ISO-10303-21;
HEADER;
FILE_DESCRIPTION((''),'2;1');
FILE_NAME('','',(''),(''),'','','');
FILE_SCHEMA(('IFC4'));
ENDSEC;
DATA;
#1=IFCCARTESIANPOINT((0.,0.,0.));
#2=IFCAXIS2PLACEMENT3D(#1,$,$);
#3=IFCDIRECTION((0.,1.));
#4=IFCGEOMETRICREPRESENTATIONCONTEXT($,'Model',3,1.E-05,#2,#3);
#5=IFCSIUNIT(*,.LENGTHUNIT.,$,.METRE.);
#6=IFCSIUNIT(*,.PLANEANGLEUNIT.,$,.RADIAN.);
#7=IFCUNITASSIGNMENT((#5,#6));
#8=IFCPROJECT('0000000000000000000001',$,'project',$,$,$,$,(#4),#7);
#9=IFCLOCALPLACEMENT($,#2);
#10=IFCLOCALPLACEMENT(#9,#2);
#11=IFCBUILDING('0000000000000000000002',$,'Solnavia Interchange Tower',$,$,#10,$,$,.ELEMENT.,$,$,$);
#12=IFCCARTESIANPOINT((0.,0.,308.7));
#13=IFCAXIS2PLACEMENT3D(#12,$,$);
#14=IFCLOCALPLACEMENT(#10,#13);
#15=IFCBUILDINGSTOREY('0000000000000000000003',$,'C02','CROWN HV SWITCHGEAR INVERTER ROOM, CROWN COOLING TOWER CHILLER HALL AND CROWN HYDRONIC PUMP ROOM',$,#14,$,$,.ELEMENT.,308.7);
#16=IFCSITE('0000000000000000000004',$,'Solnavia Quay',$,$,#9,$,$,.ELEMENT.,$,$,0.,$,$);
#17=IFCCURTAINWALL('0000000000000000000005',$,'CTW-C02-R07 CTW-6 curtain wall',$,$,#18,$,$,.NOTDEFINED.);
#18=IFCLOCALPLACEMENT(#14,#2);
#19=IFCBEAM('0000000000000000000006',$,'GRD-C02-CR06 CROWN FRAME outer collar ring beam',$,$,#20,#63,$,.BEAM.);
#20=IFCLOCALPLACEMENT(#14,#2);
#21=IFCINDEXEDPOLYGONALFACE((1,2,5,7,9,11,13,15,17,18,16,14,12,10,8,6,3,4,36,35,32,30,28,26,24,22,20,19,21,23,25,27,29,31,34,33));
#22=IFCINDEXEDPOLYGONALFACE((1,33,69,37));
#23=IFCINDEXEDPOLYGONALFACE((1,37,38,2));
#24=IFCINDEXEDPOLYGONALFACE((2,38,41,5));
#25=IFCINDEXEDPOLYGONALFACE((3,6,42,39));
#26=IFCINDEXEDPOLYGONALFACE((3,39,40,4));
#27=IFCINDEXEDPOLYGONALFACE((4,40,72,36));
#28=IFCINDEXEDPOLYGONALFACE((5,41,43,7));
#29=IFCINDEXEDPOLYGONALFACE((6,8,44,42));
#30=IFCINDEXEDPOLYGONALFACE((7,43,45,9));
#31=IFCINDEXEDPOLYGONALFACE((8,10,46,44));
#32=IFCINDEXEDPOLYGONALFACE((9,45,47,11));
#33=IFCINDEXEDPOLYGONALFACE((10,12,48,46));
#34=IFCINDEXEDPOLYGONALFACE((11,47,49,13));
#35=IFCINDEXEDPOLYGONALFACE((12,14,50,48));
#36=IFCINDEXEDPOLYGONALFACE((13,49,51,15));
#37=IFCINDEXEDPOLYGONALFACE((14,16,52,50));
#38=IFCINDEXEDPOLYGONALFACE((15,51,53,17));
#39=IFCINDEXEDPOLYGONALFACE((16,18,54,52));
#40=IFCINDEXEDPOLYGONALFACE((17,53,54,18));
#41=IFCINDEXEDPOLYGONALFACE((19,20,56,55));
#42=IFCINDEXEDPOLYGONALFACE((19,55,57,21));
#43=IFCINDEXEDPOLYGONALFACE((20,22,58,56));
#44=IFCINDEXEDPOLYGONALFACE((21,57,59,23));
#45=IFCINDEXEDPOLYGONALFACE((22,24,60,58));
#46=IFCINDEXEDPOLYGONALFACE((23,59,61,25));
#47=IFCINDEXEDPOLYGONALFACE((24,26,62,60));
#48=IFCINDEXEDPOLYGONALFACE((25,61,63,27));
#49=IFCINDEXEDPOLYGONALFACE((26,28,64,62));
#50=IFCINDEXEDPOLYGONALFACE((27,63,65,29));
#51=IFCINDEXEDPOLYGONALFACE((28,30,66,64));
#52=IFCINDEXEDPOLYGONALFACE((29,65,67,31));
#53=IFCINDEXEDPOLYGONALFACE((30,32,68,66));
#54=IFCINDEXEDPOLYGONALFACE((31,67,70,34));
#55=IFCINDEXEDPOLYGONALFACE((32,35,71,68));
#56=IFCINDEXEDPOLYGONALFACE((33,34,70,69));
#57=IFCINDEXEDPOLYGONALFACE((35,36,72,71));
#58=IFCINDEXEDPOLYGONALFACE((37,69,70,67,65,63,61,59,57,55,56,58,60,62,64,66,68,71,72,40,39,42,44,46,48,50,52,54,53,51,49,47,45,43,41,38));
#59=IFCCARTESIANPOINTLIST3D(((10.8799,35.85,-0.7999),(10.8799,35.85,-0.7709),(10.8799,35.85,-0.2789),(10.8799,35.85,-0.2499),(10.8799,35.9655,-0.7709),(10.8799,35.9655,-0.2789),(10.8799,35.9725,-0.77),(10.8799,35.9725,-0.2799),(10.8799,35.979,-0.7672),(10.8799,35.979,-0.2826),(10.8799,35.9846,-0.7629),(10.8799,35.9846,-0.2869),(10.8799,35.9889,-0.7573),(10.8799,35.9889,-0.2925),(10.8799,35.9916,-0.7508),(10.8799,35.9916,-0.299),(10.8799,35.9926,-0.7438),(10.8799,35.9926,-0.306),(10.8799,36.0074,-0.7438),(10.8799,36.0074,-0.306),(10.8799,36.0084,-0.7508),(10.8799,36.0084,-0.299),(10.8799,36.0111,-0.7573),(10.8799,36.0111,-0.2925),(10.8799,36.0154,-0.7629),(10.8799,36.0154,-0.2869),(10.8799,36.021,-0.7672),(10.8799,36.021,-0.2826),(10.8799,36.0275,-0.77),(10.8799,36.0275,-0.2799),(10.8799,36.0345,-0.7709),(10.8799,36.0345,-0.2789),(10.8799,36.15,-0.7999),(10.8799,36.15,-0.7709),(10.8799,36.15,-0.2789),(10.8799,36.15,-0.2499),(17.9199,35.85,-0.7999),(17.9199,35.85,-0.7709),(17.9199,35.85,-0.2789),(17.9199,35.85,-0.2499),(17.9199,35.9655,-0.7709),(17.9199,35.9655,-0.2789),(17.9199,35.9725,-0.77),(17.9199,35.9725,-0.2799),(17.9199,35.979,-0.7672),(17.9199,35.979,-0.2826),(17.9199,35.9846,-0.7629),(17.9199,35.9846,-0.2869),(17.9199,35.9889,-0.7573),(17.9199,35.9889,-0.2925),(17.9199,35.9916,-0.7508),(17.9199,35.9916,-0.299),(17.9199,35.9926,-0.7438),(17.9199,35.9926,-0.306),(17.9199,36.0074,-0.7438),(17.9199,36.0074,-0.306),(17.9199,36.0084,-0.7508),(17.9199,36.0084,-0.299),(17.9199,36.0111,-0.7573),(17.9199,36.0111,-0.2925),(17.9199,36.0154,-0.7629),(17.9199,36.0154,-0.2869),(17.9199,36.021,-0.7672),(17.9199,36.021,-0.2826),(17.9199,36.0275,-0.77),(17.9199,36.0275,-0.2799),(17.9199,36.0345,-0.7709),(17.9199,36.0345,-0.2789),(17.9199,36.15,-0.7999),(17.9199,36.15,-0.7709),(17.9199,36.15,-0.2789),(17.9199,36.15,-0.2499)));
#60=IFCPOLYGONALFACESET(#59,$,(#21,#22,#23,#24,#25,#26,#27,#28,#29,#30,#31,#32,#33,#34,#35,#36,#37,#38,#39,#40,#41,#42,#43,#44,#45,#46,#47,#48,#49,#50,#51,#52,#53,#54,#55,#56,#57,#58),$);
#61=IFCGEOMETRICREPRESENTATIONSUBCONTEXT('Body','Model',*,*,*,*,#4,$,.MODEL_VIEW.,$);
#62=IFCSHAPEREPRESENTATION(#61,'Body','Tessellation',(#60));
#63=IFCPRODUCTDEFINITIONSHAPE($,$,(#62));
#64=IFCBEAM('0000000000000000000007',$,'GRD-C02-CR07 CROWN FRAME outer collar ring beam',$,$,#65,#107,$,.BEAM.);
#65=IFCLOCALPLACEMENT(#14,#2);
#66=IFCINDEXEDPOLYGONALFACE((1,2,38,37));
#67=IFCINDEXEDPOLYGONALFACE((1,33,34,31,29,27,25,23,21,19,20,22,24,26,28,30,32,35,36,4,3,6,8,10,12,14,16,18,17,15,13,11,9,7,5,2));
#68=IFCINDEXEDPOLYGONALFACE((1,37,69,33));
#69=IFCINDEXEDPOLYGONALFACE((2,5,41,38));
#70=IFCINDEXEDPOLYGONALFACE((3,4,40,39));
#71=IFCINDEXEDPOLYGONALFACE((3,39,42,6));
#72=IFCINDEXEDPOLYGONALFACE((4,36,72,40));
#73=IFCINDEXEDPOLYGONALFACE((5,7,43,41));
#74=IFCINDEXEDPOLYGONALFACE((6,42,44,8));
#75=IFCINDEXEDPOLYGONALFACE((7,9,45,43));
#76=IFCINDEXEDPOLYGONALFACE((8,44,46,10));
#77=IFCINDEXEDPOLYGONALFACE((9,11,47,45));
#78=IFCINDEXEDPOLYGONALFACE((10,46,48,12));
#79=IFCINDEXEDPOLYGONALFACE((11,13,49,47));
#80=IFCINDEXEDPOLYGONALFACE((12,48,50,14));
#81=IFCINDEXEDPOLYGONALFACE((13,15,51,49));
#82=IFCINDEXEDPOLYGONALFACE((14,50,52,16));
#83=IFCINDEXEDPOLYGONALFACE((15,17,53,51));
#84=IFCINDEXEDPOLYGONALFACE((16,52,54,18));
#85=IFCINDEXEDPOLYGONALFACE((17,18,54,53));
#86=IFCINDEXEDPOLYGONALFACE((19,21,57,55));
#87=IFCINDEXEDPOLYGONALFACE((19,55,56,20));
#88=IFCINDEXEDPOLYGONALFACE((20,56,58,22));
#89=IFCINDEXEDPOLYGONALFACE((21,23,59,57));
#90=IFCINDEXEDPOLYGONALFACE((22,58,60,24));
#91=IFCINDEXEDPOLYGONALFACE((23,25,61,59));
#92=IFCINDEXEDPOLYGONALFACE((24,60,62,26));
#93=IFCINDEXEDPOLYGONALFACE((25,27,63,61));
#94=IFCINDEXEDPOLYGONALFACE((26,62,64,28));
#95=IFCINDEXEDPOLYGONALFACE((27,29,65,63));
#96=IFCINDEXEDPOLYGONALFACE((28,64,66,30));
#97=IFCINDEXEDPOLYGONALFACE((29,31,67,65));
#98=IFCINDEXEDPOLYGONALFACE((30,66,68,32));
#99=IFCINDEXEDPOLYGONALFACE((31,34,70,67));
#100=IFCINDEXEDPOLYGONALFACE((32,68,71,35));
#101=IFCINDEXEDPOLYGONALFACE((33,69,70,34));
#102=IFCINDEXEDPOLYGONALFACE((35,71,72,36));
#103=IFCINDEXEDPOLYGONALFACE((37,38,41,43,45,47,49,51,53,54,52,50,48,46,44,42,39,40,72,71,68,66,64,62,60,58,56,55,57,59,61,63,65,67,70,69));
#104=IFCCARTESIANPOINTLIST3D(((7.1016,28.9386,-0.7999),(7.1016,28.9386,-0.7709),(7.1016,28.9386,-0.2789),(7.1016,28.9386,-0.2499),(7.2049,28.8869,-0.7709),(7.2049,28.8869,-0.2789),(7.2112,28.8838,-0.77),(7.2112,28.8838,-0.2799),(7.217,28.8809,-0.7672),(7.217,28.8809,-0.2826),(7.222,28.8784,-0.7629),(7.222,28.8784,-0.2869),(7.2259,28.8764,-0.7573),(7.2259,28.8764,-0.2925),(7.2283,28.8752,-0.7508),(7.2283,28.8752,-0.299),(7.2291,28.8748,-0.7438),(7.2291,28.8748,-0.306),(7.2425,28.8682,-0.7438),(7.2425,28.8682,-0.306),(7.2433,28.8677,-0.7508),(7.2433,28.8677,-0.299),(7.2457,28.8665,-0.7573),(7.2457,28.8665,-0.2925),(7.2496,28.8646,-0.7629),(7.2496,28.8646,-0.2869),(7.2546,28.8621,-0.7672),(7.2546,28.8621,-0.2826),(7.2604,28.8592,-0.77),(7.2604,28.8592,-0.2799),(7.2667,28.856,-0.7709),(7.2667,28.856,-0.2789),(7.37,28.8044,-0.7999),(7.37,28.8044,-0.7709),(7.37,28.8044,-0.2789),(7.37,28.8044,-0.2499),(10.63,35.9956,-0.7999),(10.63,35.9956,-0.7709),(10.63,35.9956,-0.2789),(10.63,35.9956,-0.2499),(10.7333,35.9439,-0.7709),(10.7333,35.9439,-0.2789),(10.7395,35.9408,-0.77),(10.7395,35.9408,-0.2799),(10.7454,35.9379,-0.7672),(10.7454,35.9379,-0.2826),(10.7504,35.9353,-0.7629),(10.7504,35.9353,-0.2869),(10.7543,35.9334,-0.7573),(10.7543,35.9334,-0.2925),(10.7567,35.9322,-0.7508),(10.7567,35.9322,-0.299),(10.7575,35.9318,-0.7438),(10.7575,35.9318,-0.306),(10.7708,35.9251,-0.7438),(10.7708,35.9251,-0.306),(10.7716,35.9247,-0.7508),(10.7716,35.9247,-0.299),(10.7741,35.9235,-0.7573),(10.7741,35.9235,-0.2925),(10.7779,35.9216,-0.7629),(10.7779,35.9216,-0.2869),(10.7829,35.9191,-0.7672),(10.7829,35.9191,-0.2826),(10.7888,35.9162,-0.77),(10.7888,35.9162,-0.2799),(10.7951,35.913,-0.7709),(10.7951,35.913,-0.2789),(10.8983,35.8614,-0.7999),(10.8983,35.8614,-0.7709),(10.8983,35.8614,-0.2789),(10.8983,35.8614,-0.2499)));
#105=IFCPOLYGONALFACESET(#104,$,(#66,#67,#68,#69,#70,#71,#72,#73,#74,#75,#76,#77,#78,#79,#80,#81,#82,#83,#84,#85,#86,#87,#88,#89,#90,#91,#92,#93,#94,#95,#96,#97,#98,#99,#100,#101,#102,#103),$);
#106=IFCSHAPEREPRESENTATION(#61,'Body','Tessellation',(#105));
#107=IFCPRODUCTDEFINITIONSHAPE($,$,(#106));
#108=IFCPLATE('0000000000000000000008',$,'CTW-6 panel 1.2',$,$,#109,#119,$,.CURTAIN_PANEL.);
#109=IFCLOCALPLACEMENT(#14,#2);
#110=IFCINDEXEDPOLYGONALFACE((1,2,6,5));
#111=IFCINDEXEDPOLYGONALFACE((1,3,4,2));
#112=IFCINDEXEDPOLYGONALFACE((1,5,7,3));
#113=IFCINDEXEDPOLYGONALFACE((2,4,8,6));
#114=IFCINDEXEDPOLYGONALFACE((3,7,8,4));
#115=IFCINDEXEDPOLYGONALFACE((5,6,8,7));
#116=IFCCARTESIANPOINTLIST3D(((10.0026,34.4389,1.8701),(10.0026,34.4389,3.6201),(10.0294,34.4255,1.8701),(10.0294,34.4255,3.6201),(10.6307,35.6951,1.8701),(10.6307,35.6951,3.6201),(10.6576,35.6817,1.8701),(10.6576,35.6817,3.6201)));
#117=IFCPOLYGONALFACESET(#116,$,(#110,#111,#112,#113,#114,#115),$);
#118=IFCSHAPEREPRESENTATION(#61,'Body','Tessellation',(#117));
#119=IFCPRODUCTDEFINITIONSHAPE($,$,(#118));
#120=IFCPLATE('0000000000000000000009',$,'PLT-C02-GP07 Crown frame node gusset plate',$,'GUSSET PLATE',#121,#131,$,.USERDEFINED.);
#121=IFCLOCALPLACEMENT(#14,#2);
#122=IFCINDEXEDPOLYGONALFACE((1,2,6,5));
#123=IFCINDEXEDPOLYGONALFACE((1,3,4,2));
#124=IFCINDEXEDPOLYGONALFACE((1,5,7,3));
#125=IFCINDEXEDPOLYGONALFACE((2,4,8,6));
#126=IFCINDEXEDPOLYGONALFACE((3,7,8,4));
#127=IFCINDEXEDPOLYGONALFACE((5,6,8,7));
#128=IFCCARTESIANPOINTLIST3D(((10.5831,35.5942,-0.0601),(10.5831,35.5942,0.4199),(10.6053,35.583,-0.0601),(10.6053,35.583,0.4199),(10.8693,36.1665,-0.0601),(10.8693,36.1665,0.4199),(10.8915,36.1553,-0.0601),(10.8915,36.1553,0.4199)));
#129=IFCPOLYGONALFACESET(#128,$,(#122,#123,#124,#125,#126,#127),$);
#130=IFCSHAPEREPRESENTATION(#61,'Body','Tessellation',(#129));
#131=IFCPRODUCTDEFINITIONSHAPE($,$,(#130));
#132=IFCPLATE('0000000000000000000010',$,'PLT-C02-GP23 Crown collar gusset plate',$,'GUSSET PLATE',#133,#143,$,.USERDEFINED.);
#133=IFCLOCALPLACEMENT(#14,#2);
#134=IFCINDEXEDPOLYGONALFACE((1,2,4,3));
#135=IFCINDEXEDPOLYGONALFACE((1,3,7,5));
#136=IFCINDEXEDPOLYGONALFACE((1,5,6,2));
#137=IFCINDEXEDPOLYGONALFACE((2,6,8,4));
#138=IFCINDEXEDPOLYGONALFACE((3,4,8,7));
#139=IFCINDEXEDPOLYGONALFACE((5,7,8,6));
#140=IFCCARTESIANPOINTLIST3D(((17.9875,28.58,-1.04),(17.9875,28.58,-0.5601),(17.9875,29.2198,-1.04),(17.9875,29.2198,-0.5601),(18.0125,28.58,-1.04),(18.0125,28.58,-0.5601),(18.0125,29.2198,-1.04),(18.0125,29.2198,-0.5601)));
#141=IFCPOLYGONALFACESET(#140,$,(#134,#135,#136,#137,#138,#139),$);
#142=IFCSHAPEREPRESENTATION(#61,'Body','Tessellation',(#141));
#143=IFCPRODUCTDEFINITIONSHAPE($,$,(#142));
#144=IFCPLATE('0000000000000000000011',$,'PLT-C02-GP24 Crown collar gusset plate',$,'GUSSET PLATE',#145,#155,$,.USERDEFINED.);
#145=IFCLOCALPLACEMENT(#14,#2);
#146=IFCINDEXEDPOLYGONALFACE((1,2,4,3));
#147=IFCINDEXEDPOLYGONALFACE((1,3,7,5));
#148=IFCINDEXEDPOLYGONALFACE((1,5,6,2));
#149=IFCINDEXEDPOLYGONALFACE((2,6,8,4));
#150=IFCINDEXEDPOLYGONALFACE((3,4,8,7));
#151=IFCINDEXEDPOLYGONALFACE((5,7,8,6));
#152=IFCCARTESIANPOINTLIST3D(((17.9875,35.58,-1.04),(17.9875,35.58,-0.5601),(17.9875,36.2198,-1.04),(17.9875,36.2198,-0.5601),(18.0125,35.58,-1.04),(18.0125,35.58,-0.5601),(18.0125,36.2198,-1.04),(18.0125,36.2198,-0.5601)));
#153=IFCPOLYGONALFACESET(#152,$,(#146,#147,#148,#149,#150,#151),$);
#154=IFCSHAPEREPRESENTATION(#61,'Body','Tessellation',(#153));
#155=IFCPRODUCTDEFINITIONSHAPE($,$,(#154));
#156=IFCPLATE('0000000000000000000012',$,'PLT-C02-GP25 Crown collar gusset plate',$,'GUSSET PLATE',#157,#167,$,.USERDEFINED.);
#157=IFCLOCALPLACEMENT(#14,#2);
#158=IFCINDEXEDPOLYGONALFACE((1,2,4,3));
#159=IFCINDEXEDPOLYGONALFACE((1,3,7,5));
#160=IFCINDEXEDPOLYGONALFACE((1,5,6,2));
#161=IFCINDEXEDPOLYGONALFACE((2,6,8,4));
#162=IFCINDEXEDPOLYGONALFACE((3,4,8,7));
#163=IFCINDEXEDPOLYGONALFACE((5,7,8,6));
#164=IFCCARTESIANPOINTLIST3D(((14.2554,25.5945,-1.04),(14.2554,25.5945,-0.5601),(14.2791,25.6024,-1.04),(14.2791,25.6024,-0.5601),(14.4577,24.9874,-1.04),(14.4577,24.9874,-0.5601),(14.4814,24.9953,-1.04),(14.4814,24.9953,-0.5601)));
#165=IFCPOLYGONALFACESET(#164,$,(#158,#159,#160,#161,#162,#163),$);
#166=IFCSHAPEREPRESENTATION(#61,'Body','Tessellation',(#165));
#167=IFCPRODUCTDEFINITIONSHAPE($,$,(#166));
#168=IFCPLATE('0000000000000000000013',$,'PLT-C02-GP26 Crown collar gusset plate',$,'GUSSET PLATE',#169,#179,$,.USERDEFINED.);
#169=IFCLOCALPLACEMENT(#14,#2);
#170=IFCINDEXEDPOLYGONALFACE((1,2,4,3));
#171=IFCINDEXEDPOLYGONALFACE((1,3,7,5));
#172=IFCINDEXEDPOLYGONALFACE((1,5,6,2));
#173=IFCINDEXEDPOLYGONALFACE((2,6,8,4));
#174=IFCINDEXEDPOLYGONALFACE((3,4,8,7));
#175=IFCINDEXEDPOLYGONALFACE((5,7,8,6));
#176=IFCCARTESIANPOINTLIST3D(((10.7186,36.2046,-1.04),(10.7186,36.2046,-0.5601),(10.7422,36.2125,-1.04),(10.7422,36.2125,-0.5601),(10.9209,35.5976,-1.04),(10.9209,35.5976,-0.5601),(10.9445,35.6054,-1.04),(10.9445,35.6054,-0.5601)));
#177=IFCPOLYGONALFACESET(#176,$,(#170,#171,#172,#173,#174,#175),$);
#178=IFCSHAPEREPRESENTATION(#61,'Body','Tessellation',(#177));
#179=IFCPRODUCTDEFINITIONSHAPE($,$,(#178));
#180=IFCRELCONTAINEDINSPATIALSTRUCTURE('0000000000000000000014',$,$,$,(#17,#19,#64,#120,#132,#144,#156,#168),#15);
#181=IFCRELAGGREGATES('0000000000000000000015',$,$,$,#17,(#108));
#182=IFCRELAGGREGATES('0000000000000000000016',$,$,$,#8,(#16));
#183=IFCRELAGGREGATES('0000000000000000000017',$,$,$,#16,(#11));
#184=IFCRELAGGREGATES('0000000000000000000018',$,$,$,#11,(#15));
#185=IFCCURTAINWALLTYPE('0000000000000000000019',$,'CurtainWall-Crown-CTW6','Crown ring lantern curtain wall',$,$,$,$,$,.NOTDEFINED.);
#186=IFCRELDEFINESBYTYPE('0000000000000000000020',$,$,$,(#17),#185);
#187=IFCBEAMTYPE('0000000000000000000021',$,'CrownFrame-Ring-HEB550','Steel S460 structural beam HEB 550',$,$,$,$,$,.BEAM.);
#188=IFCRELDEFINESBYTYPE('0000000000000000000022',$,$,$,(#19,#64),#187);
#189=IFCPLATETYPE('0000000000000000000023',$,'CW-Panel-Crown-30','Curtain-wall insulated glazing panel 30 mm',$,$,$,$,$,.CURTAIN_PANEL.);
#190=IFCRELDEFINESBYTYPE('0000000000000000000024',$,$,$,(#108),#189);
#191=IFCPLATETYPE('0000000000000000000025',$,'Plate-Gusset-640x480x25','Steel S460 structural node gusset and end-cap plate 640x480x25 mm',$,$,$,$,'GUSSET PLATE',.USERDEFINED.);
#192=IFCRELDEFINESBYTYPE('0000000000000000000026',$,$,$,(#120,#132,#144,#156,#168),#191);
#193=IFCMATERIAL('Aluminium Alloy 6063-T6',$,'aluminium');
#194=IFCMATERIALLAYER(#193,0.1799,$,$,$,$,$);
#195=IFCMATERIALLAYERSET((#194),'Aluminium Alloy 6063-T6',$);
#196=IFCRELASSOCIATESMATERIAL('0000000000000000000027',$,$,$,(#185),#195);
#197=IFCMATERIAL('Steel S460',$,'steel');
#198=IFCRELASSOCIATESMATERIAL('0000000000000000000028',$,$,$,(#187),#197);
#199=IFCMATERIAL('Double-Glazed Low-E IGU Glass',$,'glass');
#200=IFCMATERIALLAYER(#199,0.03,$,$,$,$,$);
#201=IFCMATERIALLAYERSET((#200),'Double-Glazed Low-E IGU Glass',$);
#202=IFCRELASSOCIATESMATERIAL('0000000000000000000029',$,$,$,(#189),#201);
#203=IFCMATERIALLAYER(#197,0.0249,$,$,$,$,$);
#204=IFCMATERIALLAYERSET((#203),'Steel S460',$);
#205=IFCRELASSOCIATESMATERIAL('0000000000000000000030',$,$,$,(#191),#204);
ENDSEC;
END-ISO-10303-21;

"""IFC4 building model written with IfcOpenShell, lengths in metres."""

from ifc_helpers import new_model, si_unit, direction, frame, origin, origin_2d, place, context, subcontext, project, spatial, rectangle, i_section, extrude, material, layer, layer_set, material_profile, profile_set, type_object, element, aggregate, save


model = new_model("IFC4")

# Units and contexts
model_context = context("Model", 3, precision=1e-05, world=origin(), true_north=direction((0.0, 1.0)))
body_context = subcontext(model_context, "Body", "Model", "MODEL_VIEW")
ifc_project = project(units=[si_unit("LENGTHUNIT", "METRE"), si_unit("PLANEANGLEUNIT", "RADIAN")], contexts=[model_context])

# Site, building, storey
site_placement = place(None, origin())
site = spatial("IfcSite", under=ifc_project, at=site_placement, Name="Solnavia Quay", CompositionType="ELEMENT", RefElevation=0.0)
building_placement = place(site_placement, origin())
building = spatial("IfcBuilding", under=site, at=building_placement, Name="Solnavia Interchange Tower", CompositionType="ELEMENT")
storey_placement = place(building_placement, frame((0.0, 0.0, 308.7)))
storey = spatial("IfcBuildingStorey", under=building, at=storey_placement, Name="C02", Description="CROWN HV SWITCHGEAR INVERTER ROOM, CROWN COOLING TOWER CHILLER HALL AND CROWN HYDRONIC PUMP ROOM", CompositionType="ELEMENT", Elevation=308.7)

# Shared definitions
ifc_material_1 = material(Name="Steel S460", Category="steel")

# Curtain wall
ifc_material_2 = material(Name="Aluminium Alloy 6063-T6", Category="aluminium")
ifc_layer_1 = layer(ifc_material_2, 0.1799)
ifc_layer_set_1 = layer_set([ifc_layer_1], Name="Aluminium Alloy 6063-T6")
curtain_wall_type = type_object("IfcCurtainWallType", Name="CurtainWall-Crown-CTW6", Description="Crown ring lantern curtain wall", PredefinedType="NOTDEFINED", material=ifc_layer_set_1)
curtain_wall_placement = place(storey_placement, origin())
curtain_wall = element("IfcCurtainWall", 1, at=curtain_wall_placement, inside=storey, type_object=curtain_wall_type, Name="CTW-C02-R07 CTW-6 curtain wall", PredefinedType="NOTDEFINED")

# Beams
ifc_material_profile_1 = material_profile(ifc_material_1, i_section(OverallWidth=0.3, OverallDepth=0.55, WebThickness=0.0149, FlangeThickness=0.0291, FilletRadius=0.0271, at=origin_2d()), Name="HEB 550")
ifc_profile_set_1 = profile_set([ifc_material_profile_1], Name="Steel S460")
beam_type_1 = type_object("IfcBeamType", Name="CrownFrame-Ring-HEB550", Description="Steel S460 structural beam HEB 550", PredefinedType="BEAM", material=ifc_profile_set_1)
beam_1_placement = place(storey_placement, frame((17.9199, 36.0, -0.5249), z_axis=(-1.0, 0.0, 0.0), x_axis=(0.0, -1.0, 0.0)))
element("IfcBeam", 2, at=beam_1_placement, inside=storey, type_object=beam_type_1, Name="GRD-C02-CR06 CROWN FRAME outer collar ring beam", PredefinedType="BEAM", context=body_context, shape_type="SweptSolid", body=[
    extrude(i_section(OverallWidth=0.3, OverallDepth=0.55, WebThickness=0.0149, FlangeThickness=0.0291, FilletRadius=0.0271, at=origin_2d()), origin(), (0.0, 0.0, 1.0), 7.04),
])
beam_2_placement = place(storey_placement, frame((10.7642, 35.9285, -0.5249), z_axis=(-0.447201, -0.894433, 0.0), x_axis=(0.894433, -0.447201, 0.0)))
element("IfcBeam", 3, at=beam_2_placement, inside=storey, type_object=beam_type_1, Name="GRD-C02-CR07 CROWN FRAME outer collar ring beam", PredefinedType="BEAM", context=body_context, shape_type="SweptSolid", body=[
    extrude(i_section(OverallWidth=0.3, OverallDepth=0.55, WebThickness=0.0149, FlangeThickness=0.0291, FilletRadius=0.0271, at=origin_2d()), origin(), (0.0, 0.0, 1.0), 7.8899),
])

# Plate
ifc_material_3 = material(Name="Double-Glazed Low-E IGU Glass", Category="glass")
ifc_layer_2 = layer(ifc_material_3, 0.03)
ifc_layer_set_2 = layer_set([ifc_layer_2], Name="Double-Glazed Low-E IGU Glass")
plate_type_1 = type_object("IfcPlateType", Name="CW-Panel-Crown-30", Description="Curtain-wall insulated glazing panel 30 mm", PredefinedType="CURTAIN_PANEL", material=ifc_layer_set_2)
plate_placement = place(storey_placement, frame((10.3301, 35.0603, 1.8701), z_axis=(0.0, 0.0, 1.0), x_axis=(-0.447214, -0.894427, 0.0)))
plate = element("IfcPlate", 4, at=plate_placement, type_object=plate_type_1, Name="CTW-6 panel 1.2", PredefinedType="CURTAIN_PANEL", context=body_context, shape_type="SweptSolid", body=[
    extrude(rectangle(XDim=1.4045, YDim=0.03, at=origin_2d()), origin(), (0.0, 0.0, 1.0), 1.75),
])
aggregate(curtain_wall, [plate])

# Plates
ifc_layer_3 = layer(ifc_material_1, 0.0249)
ifc_layer_set_3 = layer_set([ifc_layer_3], Name="Steel S460")
plate_type_2 = type_object("IfcPlateType", Name="Plate-Gusset-640x480x25", Description="Steel S460 structural node gusset and end-cap plate 640x480x25 mm", ElementType="GUSSET PLATE", PredefinedType="USERDEFINED", material=ifc_layer_set_3)
for number, where, z_axis, x_axis, name in (
    (5, (10.7373, 35.8748, -0.0601), (0.0, 0.0, 1.0), (-0.447291, -0.894389, 0.0), "PLT-C02-GP07 Crown frame node gusset plate"),
    (6, (18.0, 28.8999, -1.04), (0.0, 0.0, 1.0), (0.0, 1.0, 0.0), "PLT-C02-GP23 Crown collar gusset plate"),
    (7, (18.0, 35.8999, -1.04), (0.0, 0.0, 1.0), (0.0, 1.0, 0.0), "PLT-C02-GP24 Crown collar gusset plate"),
    (8, (14.3684, 25.2949, -1.04), (0.0, 0.0, 1.0), (-0.316146, 0.948711, 0.0), "PLT-C02-GP25 Crown collar gusset plate"),
    (9, (10.8315, 35.905, -1.04), (0.0, 0.0, 1.0), (-0.316146, 0.948711, 0.0), "PLT-C02-GP26 Crown collar gusset plate"),
):
    element("IfcPlate", number, at=place(storey_placement, frame(where, z_axis=z_axis, x_axis=x_axis)), inside=storey, type_object=plate_type_2, Name=name, ObjectType="GUSSET PLATE", PredefinedType="USERDEFINED", context=body_context, shape_type="SweptSolid", body=[
        extrude(rectangle(XDim=0.6399, YDim=0.0249, at=origin_2d()), origin(), (0.0, 0.0, 1.0), 0.48),
    ])

save(model, "model.ifc")
